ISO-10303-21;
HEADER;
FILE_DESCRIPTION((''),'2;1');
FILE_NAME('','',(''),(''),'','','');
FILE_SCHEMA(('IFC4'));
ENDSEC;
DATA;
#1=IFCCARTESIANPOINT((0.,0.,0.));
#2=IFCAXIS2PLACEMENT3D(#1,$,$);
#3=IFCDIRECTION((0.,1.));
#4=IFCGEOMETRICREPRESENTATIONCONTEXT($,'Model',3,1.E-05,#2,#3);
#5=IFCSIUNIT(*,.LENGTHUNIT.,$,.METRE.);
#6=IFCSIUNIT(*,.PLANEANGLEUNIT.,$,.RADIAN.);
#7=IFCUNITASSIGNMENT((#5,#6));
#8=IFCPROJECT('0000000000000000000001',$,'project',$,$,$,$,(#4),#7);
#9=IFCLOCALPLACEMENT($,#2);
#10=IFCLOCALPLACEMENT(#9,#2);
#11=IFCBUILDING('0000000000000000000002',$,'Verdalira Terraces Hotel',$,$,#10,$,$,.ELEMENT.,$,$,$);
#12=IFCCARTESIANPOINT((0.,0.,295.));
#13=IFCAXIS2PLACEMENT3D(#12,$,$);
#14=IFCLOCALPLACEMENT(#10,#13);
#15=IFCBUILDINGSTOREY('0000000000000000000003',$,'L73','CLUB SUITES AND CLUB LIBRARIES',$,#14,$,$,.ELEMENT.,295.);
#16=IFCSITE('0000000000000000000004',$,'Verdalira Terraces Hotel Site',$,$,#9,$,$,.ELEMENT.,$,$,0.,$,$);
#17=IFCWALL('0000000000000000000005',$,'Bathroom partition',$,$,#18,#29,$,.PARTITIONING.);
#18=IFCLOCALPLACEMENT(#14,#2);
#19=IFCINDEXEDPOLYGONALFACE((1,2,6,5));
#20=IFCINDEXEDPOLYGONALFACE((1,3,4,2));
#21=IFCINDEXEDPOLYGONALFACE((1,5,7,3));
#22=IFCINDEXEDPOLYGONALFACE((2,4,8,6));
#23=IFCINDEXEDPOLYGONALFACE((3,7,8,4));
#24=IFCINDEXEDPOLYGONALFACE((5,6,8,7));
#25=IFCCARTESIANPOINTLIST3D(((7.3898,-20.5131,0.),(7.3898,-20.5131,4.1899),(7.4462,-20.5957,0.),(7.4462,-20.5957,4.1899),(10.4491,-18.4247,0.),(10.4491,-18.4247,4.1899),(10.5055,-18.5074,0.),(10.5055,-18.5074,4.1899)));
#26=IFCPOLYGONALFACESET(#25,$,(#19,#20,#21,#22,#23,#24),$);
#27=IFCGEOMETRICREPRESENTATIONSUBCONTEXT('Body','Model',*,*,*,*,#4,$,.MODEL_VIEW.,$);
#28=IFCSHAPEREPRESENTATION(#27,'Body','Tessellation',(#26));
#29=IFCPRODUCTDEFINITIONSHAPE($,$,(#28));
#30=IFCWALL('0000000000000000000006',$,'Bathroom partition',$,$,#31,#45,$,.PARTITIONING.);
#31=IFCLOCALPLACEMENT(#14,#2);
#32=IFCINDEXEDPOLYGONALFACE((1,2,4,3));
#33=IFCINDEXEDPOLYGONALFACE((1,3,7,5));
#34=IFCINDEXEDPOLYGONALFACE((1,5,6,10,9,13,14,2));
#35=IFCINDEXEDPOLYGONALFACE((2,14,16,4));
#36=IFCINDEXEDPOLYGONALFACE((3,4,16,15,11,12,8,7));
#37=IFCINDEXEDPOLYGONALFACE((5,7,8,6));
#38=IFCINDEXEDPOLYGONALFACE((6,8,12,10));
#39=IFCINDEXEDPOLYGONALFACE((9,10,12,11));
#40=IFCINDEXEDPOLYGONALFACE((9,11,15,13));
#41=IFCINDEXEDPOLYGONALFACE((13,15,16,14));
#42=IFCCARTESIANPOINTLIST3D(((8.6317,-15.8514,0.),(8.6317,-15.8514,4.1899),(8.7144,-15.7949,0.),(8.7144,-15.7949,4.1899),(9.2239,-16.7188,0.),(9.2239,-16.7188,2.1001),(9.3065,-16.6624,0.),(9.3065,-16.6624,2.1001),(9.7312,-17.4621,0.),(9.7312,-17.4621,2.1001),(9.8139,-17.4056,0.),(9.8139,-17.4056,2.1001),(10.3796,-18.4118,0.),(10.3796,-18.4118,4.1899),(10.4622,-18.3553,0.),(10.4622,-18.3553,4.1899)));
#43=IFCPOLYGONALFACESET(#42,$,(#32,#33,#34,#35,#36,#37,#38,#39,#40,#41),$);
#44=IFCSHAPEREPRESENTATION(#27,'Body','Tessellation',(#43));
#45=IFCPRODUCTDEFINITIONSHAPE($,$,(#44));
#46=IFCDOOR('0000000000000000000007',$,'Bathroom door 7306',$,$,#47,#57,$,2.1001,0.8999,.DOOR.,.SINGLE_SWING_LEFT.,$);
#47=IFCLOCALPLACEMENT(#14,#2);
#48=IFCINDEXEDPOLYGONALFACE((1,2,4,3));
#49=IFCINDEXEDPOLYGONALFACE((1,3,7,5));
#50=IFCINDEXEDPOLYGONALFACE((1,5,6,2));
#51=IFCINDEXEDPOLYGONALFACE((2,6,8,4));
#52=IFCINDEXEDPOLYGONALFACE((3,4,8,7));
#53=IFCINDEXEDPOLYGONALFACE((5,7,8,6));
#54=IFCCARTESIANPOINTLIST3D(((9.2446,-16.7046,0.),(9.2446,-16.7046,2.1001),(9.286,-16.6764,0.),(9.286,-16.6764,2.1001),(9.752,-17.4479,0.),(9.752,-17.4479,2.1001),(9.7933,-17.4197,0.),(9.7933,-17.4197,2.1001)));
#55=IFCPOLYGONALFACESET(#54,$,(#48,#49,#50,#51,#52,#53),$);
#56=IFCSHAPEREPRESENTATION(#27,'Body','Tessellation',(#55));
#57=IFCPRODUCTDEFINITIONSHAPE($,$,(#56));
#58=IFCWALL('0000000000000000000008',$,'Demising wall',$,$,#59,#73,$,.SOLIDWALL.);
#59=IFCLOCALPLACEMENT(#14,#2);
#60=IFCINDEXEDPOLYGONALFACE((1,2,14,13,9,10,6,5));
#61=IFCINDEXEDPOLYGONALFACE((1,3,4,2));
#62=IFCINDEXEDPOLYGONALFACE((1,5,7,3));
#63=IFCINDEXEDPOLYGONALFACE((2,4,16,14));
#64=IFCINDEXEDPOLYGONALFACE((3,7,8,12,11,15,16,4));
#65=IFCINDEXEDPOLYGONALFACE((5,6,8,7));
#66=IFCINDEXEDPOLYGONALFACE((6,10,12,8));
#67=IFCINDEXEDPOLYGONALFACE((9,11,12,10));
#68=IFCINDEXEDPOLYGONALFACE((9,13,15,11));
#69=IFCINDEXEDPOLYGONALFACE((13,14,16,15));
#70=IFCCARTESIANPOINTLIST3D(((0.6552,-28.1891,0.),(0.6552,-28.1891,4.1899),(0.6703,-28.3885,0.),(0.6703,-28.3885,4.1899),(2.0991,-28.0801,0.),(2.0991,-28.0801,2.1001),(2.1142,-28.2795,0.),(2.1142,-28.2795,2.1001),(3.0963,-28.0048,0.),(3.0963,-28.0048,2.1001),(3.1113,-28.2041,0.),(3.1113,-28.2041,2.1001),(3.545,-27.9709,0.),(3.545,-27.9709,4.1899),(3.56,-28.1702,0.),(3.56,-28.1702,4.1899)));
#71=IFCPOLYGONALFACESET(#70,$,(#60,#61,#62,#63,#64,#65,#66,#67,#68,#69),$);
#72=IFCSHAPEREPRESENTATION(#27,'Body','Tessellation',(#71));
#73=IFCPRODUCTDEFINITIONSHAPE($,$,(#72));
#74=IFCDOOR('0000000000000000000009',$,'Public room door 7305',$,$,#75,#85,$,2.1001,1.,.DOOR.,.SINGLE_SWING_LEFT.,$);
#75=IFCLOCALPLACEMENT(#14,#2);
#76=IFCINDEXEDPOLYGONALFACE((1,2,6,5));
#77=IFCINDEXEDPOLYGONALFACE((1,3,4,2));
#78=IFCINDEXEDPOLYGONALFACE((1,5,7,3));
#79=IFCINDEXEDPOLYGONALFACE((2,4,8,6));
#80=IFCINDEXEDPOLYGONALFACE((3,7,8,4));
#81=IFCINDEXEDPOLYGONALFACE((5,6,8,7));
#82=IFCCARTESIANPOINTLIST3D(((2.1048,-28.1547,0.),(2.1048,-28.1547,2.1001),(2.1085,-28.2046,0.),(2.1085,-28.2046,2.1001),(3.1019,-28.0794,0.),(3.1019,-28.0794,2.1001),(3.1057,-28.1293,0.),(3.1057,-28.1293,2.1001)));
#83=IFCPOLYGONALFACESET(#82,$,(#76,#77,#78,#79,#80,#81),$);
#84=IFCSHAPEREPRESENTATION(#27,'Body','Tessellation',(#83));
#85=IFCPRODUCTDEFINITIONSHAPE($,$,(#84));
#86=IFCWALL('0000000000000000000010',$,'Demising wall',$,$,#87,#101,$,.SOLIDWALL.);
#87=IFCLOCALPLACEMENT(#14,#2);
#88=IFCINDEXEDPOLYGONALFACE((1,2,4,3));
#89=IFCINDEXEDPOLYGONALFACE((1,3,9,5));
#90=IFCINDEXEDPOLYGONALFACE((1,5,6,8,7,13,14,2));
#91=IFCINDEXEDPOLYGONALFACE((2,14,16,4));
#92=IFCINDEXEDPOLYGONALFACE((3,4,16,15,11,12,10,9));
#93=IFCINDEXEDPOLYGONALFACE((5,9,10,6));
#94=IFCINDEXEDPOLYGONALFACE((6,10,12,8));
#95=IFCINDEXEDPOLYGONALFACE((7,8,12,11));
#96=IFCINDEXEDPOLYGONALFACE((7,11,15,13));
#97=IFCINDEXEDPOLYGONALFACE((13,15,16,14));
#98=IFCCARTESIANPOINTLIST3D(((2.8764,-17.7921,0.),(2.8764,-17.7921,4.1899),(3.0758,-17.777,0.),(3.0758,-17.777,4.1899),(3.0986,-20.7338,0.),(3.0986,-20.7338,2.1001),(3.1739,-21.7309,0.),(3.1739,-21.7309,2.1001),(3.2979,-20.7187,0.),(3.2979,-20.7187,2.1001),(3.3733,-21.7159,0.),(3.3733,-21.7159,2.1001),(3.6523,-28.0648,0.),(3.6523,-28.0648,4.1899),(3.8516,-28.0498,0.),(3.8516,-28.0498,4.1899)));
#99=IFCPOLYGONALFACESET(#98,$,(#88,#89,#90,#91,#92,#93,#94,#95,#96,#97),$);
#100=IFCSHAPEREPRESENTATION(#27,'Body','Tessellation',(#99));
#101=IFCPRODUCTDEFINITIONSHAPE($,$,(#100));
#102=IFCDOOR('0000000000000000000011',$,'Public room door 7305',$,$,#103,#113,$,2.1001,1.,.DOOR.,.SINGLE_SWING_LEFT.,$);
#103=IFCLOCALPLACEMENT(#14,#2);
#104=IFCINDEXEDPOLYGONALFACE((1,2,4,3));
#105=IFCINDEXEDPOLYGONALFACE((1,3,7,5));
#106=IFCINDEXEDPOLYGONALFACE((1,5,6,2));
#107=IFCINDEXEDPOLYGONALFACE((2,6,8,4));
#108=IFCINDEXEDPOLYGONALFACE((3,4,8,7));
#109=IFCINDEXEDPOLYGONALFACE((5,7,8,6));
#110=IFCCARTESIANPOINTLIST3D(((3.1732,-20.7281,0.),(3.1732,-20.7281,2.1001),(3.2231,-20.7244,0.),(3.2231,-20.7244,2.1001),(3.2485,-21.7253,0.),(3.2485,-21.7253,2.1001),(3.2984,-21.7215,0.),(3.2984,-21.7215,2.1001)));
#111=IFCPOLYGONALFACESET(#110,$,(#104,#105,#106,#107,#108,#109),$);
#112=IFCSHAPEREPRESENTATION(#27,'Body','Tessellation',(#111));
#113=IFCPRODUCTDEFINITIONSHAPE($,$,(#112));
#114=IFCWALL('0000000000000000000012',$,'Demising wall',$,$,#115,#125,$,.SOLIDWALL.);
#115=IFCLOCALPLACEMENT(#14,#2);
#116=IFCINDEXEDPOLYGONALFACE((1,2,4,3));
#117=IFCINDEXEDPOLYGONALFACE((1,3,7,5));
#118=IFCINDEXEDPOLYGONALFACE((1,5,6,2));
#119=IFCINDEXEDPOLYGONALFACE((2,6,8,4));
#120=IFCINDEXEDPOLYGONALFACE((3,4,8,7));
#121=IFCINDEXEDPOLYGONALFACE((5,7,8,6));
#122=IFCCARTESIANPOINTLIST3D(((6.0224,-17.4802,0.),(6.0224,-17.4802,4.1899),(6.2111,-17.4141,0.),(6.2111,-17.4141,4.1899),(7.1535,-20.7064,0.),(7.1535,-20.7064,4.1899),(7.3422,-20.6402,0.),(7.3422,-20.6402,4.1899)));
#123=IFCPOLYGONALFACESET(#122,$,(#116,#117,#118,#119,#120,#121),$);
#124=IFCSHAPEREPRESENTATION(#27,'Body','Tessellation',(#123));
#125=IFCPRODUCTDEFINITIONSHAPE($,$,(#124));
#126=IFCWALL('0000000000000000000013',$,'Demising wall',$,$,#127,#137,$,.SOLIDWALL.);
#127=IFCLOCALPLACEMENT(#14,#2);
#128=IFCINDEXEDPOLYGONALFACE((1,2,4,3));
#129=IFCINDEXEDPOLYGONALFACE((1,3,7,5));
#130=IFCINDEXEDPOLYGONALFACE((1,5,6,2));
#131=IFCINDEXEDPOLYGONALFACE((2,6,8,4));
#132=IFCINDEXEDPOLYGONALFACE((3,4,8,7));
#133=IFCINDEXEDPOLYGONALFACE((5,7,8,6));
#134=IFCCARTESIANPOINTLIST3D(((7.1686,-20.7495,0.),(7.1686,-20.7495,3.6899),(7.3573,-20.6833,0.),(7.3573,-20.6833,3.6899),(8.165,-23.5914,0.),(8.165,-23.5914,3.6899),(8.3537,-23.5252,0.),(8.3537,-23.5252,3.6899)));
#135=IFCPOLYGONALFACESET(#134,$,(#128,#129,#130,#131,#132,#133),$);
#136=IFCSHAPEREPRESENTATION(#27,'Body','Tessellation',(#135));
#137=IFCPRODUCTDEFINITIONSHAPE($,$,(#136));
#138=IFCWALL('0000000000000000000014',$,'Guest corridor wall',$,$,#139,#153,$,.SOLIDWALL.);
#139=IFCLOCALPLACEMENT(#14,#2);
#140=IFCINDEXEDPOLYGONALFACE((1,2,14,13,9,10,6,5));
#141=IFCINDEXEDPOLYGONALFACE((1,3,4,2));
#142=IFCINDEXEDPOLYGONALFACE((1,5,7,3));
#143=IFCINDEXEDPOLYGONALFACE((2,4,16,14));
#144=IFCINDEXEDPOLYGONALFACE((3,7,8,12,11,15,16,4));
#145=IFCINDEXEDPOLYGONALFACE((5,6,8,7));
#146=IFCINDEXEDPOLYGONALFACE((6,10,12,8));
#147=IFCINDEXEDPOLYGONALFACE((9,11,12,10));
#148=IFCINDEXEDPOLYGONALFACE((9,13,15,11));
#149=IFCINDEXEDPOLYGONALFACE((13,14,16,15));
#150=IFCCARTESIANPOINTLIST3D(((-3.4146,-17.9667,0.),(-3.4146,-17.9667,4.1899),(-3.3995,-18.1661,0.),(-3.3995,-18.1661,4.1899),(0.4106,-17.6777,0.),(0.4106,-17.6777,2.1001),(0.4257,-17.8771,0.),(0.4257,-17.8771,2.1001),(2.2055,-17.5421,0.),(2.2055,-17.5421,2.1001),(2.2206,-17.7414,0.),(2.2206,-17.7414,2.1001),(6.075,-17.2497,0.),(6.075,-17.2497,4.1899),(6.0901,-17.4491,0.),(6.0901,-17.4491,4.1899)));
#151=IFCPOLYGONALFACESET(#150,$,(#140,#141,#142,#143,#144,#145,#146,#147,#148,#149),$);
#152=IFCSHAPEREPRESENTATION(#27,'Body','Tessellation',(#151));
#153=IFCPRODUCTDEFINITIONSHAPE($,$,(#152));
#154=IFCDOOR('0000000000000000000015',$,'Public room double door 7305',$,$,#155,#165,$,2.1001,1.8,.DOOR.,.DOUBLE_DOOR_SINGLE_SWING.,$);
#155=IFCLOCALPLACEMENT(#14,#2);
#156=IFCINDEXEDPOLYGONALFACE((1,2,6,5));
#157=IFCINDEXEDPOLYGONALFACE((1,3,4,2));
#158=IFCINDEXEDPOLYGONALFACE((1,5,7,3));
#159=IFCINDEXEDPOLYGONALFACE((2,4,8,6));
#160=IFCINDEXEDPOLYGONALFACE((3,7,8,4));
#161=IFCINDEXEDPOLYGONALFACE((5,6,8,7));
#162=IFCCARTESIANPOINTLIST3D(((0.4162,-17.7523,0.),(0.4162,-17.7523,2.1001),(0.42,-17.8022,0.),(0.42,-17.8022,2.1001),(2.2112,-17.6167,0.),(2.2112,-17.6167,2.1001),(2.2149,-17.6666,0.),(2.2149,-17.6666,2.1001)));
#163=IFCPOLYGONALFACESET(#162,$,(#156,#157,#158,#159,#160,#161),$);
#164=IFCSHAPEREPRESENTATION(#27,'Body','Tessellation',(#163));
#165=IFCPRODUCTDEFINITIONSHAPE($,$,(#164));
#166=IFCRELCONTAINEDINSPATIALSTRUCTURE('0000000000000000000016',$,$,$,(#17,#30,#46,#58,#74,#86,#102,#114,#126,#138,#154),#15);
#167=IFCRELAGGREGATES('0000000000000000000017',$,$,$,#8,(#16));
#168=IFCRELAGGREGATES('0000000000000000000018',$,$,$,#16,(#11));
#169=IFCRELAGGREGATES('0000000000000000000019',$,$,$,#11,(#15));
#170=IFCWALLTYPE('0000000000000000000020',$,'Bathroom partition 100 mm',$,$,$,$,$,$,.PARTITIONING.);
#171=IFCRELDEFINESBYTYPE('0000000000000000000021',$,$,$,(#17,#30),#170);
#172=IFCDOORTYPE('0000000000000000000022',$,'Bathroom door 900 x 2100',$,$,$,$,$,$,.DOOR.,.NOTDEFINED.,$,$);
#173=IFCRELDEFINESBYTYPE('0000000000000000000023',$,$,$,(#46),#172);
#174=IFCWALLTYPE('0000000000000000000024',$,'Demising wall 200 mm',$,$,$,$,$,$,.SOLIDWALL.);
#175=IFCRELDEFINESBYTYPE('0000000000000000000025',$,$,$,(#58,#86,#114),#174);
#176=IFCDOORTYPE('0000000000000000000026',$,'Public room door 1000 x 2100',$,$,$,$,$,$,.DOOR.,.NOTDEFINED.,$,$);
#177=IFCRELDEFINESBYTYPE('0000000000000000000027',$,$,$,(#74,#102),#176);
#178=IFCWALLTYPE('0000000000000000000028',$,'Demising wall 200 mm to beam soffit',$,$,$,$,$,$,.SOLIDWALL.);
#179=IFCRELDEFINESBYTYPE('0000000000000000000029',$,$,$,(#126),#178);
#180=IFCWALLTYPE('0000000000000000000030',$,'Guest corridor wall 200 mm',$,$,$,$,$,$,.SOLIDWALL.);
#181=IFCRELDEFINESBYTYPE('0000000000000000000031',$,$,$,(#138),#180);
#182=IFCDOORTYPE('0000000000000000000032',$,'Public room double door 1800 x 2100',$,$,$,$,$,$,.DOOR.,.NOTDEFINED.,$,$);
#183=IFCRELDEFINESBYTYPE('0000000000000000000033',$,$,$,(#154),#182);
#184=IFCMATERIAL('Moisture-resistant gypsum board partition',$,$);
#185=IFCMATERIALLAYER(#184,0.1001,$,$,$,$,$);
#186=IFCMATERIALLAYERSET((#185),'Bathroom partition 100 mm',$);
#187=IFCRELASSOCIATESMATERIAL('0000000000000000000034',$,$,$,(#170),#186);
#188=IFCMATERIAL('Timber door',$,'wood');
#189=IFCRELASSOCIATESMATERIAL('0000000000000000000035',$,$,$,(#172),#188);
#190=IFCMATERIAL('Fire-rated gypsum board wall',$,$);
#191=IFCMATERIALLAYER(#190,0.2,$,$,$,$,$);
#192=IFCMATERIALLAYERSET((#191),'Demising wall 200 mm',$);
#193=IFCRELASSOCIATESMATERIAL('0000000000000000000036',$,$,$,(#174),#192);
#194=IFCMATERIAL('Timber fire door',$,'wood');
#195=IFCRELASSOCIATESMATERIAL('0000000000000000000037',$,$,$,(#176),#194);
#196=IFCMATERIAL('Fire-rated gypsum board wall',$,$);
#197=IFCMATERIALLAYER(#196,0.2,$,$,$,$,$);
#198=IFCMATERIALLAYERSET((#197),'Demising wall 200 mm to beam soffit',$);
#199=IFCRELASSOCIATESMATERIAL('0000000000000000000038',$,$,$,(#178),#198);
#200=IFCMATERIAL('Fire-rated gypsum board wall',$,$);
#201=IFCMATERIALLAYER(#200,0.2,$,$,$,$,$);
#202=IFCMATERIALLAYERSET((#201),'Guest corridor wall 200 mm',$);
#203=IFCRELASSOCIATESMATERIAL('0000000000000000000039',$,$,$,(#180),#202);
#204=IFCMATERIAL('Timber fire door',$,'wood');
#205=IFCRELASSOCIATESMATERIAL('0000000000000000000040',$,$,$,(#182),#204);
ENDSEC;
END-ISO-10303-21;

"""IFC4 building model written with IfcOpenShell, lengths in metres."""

from ifc_helpers import new_model, si_unit, direction, frame, frame_2d, origin, place, context, subcontext, project, spatial, rectangle, extrude, material, layer, layer_set, type_object, element, fill, save


model = new_model("IFC4")

# Units and contexts
model_context = context("Model", 3, precision=1e-05, world=origin(), true_north=direction((0.0, 1.0)))
body_context = subcontext(model_context, "Body", "Model", "MODEL_VIEW")
ifc_project = project(units=[si_unit("LENGTHUNIT", "METRE"), si_unit("PLANEANGLEUNIT", "RADIAN")], contexts=[model_context])

# Site, building, storey
site_placement = place(None, origin())
site = spatial("IfcSite", under=ifc_project, at=site_placement, Name="Verdalira Terraces Hotel Site", CompositionType="ELEMENT", RefElevation=0.0)
building_placement = place(site_placement, origin())
building = spatial("IfcBuilding", under=site, at=building_placement, Name="Verdalira Terraces Hotel", CompositionType="ELEMENT")
storey_placement = place(building_placement, frame((0.0, 0.0, 295.0)))
storey = spatial("IfcBuildingStorey", under=building, at=storey_placement, Name="L73", Description="CLUB SUITES AND CLUB LIBRARIES", CompositionType="ELEMENT", Elevation=295.0)

# Wall
ifc_material_1 = material(Name="Moisture-resistant gypsum board partition")
ifc_layer_1 = layer(ifc_material_1, 0.1001)
ifc_layer_set_1 = layer_set([ifc_layer_1], Name="Bathroom partition 100 mm")
wall_type_1 = type_object("IfcWallType", Name="Bathroom partition 100 mm", PredefinedType="PARTITIONING", material=ifc_layer_set_1)
wall_1_placement = place(storey_placement, frame((10.4773, -18.4661, 0.0), z_axis=(0.0, 0.0, 1.0), x_axis=(-0.825916, -0.563793, 0.0)))
element("IfcWall", 1, at=wall_1_placement, inside=storey, type_object=wall_type_1, Name="Bathroom partition", PredefinedType="PARTITIONING", context=body_context, shape_type="SweptSolid", body=[
    extrude(rectangle(XDim=3.7041, YDim=0.1001, at=frame_2d((1.8521, 0.0))), origin(), (0.0, 0.0, 1.0), 4.1899),
])

# Walls, openings, doors
wall_2_placement = place(storey_placement, frame((10.4209, -18.3835, 0.0), z_axis=(0.0, 0.0, 1.0), x_axis=(-0.563808, 0.825906, 0.0)))
wall_2 = element("IfcWall", 2, at=wall_2_placement, inside=storey, type_object=wall_type_1, Name="Bathroom partition", PredefinedType="PARTITIONING", context=body_context, shape_type="SweptSolid", body=[
    extrude(rectangle(XDim=3.1001, YDim=0.1001, at=frame_2d((1.55, 0.0))), origin(), (0.0, 0.0, 1.0), 4.1899),
])
opening_1_placement = place(wall_2_placement, frame((1.1499, 0.0, 0.0)))
opening_1 = element("IfcOpeningElement", 3, at=opening_1_placement, cuts=wall_2, PredefinedType="OPENING", context=body_context, shape_type="SweptSolid", body=[
    extrude(rectangle(XDim=0.8999, YDim=2.1001, at=frame_2d((0.45, 1.05))), frame((0.0, 0.0601, 0.0), z_axis=(0.0, -1.0, 0.0), x_axis=(1.0, 0.0, 0.0)), (0.0, 0.0, 1.0), 0.1201),
])
ifc_material_2 = material(Name="Timber door", Category="wood")
door_type_1 = type_object("IfcDoorType", Name="Bathroom door 900 x 2100", OperationType="NOTDEFINED", PredefinedType="DOOR", material=ifc_material_2)
door_1_placement = place(opening_1_placement, origin())
door_1 = element("IfcDoor", 4, at=door_1_placement, inside=storey, type_object=door_type_1, Name="Bathroom door 7306", OperationType="SINGLE_SWING_LEFT", OverallHeight=2.1001, OverallWidth=0.8999, PredefinedType="DOOR", context=body_context, shape_type="SweptSolid", body=[
    extrude(rectangle(XDim=0.8999, YDim=2.1001, at=frame_2d((0.45, 1.05))), frame((0.0, 0.0249, 0.0), z_axis=(0.0, -1.0, 0.0), x_axis=(1.0, 0.0, 0.0)), (0.0, 0.0, 1.0), 0.05),
])
fill(opening_1, door_1)
ifc_material_3 = material(Name="Fire-rated gypsum board wall")
ifc_layer_2 = layer(ifc_material_3, 0.2)
ifc_layer_set_2 = layer_set([ifc_layer_2], Name="Demising wall 200 mm")
wall_type_2 = type_object("IfcWallType", Name="Demising wall 200 mm", PredefinedType="SOLIDWALL", material=ifc_layer_set_2)
wall_3_placement = place(storey_placement, frame((3.5525, -28.0706, 0.0), z_axis=(0.0, 0.0, 1.0), x_axis=(-0.99716, -0.075318, 0.0)))
wall_3 = element("IfcWall", 5, at=wall_3_placement, inside=storey, type_object=wall_type_2, Name="Demising wall", PredefinedType="SOLIDWALL", context=body_context, shape_type="SweptSolid", body=[
    extrude(rectangle(XDim=2.8979, YDim=0.2, at=frame_2d((1.449, 0.0))), origin(), (0.0, 0.0, 1.0), 4.1899),
])
opening_2_placement = place(wall_3_placement, frame((0.45, 0.0, 0.0)))
opening_2 = element("IfcOpeningElement", 6, at=opening_2_placement, cuts=wall_3, PredefinedType="OPENING", context=body_context, shape_type="SweptSolid", body=[
    extrude(rectangle(XDim=1.0, YDim=2.1001, at=frame_2d((0.5, 1.05))), frame((0.0, 0.1099, 0.0), z_axis=(0.0, -1.0, 0.0), x_axis=(1.0, 0.0, 0.0)), (0.0, 0.0, 1.0), 0.22),
])
ifc_material_4 = material(Name="Timber fire door", Category="wood")
door_type_2 = type_object("IfcDoorType", Name="Public room door 1000 x 2100", OperationType="NOTDEFINED", PredefinedType="DOOR", material=ifc_material_4)
door_2_placement = place(opening_2_placement, origin())
door_2 = element("IfcDoor", 7, at=door_2_placement, inside=storey, type_object=door_type_2, Name="Public room door 7305", OperationType="SINGLE_SWING_LEFT", OverallHeight=2.1001, OverallWidth=1.0, PredefinedType="DOOR", context=body_context, shape_type="SweptSolid", body=[
    extrude(rectangle(XDim=1.0, YDim=2.1001, at=frame_2d((0.5, 1.05))), frame((0.0, 0.0249, 0.0), z_axis=(0.0, -1.0, 0.0), x_axis=(1.0, 0.0, 0.0)), (0.0, 0.0, 1.0), 0.05),
])
fill(opening_2, door_2)
wall_4_placement = place(storey_placement, frame((2.9761, -17.7847, 0.0), z_axis=(0.0, 0.0, 1.0), x_axis=(0.075314, -0.99716, 0.0)))
wall_4 = element("IfcWall", 8, at=wall_4_placement, inside=storey, type_object=wall_type_2, Name="Demising wall", PredefinedType="SOLIDWALL", context=body_context, shape_type="SweptSolid", body=[
    extrude(rectangle(XDim=10.302, YDim=0.2, at=frame_2d((5.1509, 0.0))), origin(), (0.0, 0.0, 1.0), 4.1899),
])
opening_3_placement = place(wall_4_placement, frame((2.95, 0.0, 0.0)))
opening_3 = element("IfcOpeningElement", 9, at=opening_3_placement, cuts=wall_4, PredefinedType="OPENING", context=body_context, shape_type="SweptSolid", body=[
    extrude(rectangle(XDim=1.0, YDim=2.1001, at=frame_2d((0.5, 1.05))), frame((0.0, 0.1099, 0.0), z_axis=(0.0, -1.0, 0.0), x_axis=(1.0, 0.0, 0.0)), (0.0, 0.0, 1.0), 0.22),
])
door_3_placement = place(opening_3_placement, origin())
door_3 = element("IfcDoor", 10, at=door_3_placement, inside=storey, type_object=door_type_2, Name="Public room door 7305", OperationType="SINGLE_SWING_LEFT", OverallHeight=2.1001, OverallWidth=1.0, PredefinedType="DOOR", context=body_context, shape_type="SweptSolid", body=[
    extrude(rectangle(XDim=1.0, YDim=2.1001, at=frame_2d((0.5, 1.05))), frame((0.0, 0.0249, 0.0), z_axis=(0.0, -1.0, 0.0), x_axis=(1.0, 0.0, 0.0)), (0.0, 0.0, 1.0), 0.05),
])
fill(opening_3, door_3)

# Walls
wall_5_placement = place(storey_placement, frame((6.1167, -17.447, 0.0), z_axis=(0.0, 0.0, 1.0), x_axis=(0.330866, -0.943678, 0.0)))
element("IfcWall", 11, at=wall_5_placement, inside=storey, type_object=wall_type_2, Name="Demising wall", PredefinedType="SOLIDWALL", context=body_context, shape_type="SweptSolid", body=[
    extrude(rectangle(XDim=3.4187, YDim=0.2, at=frame_2d((1.7095, 0.0))), origin(), (0.0, 0.0, 1.0), 4.1899),
])
ifc_material_5 = material(Name="Fire-rated gypsum board wall")
ifc_layer_3 = layer(ifc_material_5, 0.2)
ifc_layer_set_3 = layer_set([ifc_layer_3], Name="Demising wall 200 mm to beam soffit")
wall_type_3 = type_object("IfcWallType", Name="Demising wall 200 mm to beam soffit", PredefinedType="SOLIDWALL", material=ifc_layer_set_3)
wall_6_placement = place(storey_placement, frame((7.2629, -20.7163, 0.0), z_axis=(0.0, 0.0, 1.0), x_axis=(0.330856, -0.943681, 0.0)))
element("IfcWall", 12, at=wall_6_placement, inside=storey, type_object=wall_type_3, Name="Demising wall", PredefinedType="SOLIDWALL", context=body_context, shape_type="SweptSolid", body=[
    extrude(rectangle(XDim=3.0115, YDim=0.2, at=frame_2d((1.5059, 0.0))), origin(), (0.0, 0.0, 1.0), 3.6899),
])

# Wall, opening, door
ifc_material_6 = material(Name="Fire-rated gypsum board wall")
ifc_layer_4 = layer(ifc_material_6, 0.2)
ifc_layer_set_4 = layer_set([ifc_layer_4], Name="Guest corridor wall 200 mm")
wall_type_4 = type_object("IfcWallType", Name="Guest corridor wall 200 mm", PredefinedType="SOLIDWALL", material=ifc_layer_set_4)
wall_7_placement = place(storey_placement, frame((6.0825, -17.3494, 0.0), z_axis=(0.0, 0.0, 1.0), x_axis=(-0.997157, -0.075347, 0.0)))
wall_7 = element("IfcWall", 13, at=wall_7_placement, inside=storey, type_object=wall_type_4, Name="Guest corridor wall", PredefinedType="SOLIDWALL", context=body_context, shape_type="SweptSolid", body=[
    extrude(rectangle(XDim=9.5166, YDim=0.2, at=frame_2d((4.7583, 0.0))), origin(), (0.0, 0.0, 1.0), 4.1899),
])
opening_4_placement = place(wall_7_placement, frame((3.8806, 0.0, 0.0)))
opening_4 = element("IfcOpeningElement", 14, at=opening_4_placement, cuts=wall_7, PredefinedType="OPENING", context=body_context, shape_type="SweptSolid", body=[
    extrude(rectangle(XDim=1.8, YDim=2.1001, at=frame_2d((0.8999, 1.05))), frame((0.0, 0.1099, 0.0), z_axis=(0.0, -1.0, 0.0), x_axis=(1.0, 0.0, 0.0)), (0.0, 0.0, 1.0), 0.22),
])
ifc_material_7 = material(Name="Timber fire door", Category="wood")
door_type_3 = type_object("IfcDoorType", Name="Public room double door 1800 x 2100", OperationType="NOTDEFINED", PredefinedType="DOOR", material=ifc_material_7)
door_4_placement = place(opening_4_placement, origin())
door_4 = element("IfcDoor", 15, at=door_4_placement, inside=storey, type_object=door_type_3, Name="Public room double door 7305", OperationType="DOUBLE_DOOR_SINGLE_SWING", OverallHeight=2.1001, OverallWidth=1.8, PredefinedType="DOOR", context=body_context, shape_type="SweptSolid", body=[
    extrude(rectangle(XDim=1.8, YDim=2.1001, at=frame_2d((0.8999, 1.05))), frame((0.0, 0.0249, 0.0), z_axis=(0.0, -1.0, 0.0), x_axis=(1.0, 0.0, 0.0)), (0.0, 0.0, 1.0), 0.05),
])
fill(opening_4, door_4)

save(model, "model.ifc")
